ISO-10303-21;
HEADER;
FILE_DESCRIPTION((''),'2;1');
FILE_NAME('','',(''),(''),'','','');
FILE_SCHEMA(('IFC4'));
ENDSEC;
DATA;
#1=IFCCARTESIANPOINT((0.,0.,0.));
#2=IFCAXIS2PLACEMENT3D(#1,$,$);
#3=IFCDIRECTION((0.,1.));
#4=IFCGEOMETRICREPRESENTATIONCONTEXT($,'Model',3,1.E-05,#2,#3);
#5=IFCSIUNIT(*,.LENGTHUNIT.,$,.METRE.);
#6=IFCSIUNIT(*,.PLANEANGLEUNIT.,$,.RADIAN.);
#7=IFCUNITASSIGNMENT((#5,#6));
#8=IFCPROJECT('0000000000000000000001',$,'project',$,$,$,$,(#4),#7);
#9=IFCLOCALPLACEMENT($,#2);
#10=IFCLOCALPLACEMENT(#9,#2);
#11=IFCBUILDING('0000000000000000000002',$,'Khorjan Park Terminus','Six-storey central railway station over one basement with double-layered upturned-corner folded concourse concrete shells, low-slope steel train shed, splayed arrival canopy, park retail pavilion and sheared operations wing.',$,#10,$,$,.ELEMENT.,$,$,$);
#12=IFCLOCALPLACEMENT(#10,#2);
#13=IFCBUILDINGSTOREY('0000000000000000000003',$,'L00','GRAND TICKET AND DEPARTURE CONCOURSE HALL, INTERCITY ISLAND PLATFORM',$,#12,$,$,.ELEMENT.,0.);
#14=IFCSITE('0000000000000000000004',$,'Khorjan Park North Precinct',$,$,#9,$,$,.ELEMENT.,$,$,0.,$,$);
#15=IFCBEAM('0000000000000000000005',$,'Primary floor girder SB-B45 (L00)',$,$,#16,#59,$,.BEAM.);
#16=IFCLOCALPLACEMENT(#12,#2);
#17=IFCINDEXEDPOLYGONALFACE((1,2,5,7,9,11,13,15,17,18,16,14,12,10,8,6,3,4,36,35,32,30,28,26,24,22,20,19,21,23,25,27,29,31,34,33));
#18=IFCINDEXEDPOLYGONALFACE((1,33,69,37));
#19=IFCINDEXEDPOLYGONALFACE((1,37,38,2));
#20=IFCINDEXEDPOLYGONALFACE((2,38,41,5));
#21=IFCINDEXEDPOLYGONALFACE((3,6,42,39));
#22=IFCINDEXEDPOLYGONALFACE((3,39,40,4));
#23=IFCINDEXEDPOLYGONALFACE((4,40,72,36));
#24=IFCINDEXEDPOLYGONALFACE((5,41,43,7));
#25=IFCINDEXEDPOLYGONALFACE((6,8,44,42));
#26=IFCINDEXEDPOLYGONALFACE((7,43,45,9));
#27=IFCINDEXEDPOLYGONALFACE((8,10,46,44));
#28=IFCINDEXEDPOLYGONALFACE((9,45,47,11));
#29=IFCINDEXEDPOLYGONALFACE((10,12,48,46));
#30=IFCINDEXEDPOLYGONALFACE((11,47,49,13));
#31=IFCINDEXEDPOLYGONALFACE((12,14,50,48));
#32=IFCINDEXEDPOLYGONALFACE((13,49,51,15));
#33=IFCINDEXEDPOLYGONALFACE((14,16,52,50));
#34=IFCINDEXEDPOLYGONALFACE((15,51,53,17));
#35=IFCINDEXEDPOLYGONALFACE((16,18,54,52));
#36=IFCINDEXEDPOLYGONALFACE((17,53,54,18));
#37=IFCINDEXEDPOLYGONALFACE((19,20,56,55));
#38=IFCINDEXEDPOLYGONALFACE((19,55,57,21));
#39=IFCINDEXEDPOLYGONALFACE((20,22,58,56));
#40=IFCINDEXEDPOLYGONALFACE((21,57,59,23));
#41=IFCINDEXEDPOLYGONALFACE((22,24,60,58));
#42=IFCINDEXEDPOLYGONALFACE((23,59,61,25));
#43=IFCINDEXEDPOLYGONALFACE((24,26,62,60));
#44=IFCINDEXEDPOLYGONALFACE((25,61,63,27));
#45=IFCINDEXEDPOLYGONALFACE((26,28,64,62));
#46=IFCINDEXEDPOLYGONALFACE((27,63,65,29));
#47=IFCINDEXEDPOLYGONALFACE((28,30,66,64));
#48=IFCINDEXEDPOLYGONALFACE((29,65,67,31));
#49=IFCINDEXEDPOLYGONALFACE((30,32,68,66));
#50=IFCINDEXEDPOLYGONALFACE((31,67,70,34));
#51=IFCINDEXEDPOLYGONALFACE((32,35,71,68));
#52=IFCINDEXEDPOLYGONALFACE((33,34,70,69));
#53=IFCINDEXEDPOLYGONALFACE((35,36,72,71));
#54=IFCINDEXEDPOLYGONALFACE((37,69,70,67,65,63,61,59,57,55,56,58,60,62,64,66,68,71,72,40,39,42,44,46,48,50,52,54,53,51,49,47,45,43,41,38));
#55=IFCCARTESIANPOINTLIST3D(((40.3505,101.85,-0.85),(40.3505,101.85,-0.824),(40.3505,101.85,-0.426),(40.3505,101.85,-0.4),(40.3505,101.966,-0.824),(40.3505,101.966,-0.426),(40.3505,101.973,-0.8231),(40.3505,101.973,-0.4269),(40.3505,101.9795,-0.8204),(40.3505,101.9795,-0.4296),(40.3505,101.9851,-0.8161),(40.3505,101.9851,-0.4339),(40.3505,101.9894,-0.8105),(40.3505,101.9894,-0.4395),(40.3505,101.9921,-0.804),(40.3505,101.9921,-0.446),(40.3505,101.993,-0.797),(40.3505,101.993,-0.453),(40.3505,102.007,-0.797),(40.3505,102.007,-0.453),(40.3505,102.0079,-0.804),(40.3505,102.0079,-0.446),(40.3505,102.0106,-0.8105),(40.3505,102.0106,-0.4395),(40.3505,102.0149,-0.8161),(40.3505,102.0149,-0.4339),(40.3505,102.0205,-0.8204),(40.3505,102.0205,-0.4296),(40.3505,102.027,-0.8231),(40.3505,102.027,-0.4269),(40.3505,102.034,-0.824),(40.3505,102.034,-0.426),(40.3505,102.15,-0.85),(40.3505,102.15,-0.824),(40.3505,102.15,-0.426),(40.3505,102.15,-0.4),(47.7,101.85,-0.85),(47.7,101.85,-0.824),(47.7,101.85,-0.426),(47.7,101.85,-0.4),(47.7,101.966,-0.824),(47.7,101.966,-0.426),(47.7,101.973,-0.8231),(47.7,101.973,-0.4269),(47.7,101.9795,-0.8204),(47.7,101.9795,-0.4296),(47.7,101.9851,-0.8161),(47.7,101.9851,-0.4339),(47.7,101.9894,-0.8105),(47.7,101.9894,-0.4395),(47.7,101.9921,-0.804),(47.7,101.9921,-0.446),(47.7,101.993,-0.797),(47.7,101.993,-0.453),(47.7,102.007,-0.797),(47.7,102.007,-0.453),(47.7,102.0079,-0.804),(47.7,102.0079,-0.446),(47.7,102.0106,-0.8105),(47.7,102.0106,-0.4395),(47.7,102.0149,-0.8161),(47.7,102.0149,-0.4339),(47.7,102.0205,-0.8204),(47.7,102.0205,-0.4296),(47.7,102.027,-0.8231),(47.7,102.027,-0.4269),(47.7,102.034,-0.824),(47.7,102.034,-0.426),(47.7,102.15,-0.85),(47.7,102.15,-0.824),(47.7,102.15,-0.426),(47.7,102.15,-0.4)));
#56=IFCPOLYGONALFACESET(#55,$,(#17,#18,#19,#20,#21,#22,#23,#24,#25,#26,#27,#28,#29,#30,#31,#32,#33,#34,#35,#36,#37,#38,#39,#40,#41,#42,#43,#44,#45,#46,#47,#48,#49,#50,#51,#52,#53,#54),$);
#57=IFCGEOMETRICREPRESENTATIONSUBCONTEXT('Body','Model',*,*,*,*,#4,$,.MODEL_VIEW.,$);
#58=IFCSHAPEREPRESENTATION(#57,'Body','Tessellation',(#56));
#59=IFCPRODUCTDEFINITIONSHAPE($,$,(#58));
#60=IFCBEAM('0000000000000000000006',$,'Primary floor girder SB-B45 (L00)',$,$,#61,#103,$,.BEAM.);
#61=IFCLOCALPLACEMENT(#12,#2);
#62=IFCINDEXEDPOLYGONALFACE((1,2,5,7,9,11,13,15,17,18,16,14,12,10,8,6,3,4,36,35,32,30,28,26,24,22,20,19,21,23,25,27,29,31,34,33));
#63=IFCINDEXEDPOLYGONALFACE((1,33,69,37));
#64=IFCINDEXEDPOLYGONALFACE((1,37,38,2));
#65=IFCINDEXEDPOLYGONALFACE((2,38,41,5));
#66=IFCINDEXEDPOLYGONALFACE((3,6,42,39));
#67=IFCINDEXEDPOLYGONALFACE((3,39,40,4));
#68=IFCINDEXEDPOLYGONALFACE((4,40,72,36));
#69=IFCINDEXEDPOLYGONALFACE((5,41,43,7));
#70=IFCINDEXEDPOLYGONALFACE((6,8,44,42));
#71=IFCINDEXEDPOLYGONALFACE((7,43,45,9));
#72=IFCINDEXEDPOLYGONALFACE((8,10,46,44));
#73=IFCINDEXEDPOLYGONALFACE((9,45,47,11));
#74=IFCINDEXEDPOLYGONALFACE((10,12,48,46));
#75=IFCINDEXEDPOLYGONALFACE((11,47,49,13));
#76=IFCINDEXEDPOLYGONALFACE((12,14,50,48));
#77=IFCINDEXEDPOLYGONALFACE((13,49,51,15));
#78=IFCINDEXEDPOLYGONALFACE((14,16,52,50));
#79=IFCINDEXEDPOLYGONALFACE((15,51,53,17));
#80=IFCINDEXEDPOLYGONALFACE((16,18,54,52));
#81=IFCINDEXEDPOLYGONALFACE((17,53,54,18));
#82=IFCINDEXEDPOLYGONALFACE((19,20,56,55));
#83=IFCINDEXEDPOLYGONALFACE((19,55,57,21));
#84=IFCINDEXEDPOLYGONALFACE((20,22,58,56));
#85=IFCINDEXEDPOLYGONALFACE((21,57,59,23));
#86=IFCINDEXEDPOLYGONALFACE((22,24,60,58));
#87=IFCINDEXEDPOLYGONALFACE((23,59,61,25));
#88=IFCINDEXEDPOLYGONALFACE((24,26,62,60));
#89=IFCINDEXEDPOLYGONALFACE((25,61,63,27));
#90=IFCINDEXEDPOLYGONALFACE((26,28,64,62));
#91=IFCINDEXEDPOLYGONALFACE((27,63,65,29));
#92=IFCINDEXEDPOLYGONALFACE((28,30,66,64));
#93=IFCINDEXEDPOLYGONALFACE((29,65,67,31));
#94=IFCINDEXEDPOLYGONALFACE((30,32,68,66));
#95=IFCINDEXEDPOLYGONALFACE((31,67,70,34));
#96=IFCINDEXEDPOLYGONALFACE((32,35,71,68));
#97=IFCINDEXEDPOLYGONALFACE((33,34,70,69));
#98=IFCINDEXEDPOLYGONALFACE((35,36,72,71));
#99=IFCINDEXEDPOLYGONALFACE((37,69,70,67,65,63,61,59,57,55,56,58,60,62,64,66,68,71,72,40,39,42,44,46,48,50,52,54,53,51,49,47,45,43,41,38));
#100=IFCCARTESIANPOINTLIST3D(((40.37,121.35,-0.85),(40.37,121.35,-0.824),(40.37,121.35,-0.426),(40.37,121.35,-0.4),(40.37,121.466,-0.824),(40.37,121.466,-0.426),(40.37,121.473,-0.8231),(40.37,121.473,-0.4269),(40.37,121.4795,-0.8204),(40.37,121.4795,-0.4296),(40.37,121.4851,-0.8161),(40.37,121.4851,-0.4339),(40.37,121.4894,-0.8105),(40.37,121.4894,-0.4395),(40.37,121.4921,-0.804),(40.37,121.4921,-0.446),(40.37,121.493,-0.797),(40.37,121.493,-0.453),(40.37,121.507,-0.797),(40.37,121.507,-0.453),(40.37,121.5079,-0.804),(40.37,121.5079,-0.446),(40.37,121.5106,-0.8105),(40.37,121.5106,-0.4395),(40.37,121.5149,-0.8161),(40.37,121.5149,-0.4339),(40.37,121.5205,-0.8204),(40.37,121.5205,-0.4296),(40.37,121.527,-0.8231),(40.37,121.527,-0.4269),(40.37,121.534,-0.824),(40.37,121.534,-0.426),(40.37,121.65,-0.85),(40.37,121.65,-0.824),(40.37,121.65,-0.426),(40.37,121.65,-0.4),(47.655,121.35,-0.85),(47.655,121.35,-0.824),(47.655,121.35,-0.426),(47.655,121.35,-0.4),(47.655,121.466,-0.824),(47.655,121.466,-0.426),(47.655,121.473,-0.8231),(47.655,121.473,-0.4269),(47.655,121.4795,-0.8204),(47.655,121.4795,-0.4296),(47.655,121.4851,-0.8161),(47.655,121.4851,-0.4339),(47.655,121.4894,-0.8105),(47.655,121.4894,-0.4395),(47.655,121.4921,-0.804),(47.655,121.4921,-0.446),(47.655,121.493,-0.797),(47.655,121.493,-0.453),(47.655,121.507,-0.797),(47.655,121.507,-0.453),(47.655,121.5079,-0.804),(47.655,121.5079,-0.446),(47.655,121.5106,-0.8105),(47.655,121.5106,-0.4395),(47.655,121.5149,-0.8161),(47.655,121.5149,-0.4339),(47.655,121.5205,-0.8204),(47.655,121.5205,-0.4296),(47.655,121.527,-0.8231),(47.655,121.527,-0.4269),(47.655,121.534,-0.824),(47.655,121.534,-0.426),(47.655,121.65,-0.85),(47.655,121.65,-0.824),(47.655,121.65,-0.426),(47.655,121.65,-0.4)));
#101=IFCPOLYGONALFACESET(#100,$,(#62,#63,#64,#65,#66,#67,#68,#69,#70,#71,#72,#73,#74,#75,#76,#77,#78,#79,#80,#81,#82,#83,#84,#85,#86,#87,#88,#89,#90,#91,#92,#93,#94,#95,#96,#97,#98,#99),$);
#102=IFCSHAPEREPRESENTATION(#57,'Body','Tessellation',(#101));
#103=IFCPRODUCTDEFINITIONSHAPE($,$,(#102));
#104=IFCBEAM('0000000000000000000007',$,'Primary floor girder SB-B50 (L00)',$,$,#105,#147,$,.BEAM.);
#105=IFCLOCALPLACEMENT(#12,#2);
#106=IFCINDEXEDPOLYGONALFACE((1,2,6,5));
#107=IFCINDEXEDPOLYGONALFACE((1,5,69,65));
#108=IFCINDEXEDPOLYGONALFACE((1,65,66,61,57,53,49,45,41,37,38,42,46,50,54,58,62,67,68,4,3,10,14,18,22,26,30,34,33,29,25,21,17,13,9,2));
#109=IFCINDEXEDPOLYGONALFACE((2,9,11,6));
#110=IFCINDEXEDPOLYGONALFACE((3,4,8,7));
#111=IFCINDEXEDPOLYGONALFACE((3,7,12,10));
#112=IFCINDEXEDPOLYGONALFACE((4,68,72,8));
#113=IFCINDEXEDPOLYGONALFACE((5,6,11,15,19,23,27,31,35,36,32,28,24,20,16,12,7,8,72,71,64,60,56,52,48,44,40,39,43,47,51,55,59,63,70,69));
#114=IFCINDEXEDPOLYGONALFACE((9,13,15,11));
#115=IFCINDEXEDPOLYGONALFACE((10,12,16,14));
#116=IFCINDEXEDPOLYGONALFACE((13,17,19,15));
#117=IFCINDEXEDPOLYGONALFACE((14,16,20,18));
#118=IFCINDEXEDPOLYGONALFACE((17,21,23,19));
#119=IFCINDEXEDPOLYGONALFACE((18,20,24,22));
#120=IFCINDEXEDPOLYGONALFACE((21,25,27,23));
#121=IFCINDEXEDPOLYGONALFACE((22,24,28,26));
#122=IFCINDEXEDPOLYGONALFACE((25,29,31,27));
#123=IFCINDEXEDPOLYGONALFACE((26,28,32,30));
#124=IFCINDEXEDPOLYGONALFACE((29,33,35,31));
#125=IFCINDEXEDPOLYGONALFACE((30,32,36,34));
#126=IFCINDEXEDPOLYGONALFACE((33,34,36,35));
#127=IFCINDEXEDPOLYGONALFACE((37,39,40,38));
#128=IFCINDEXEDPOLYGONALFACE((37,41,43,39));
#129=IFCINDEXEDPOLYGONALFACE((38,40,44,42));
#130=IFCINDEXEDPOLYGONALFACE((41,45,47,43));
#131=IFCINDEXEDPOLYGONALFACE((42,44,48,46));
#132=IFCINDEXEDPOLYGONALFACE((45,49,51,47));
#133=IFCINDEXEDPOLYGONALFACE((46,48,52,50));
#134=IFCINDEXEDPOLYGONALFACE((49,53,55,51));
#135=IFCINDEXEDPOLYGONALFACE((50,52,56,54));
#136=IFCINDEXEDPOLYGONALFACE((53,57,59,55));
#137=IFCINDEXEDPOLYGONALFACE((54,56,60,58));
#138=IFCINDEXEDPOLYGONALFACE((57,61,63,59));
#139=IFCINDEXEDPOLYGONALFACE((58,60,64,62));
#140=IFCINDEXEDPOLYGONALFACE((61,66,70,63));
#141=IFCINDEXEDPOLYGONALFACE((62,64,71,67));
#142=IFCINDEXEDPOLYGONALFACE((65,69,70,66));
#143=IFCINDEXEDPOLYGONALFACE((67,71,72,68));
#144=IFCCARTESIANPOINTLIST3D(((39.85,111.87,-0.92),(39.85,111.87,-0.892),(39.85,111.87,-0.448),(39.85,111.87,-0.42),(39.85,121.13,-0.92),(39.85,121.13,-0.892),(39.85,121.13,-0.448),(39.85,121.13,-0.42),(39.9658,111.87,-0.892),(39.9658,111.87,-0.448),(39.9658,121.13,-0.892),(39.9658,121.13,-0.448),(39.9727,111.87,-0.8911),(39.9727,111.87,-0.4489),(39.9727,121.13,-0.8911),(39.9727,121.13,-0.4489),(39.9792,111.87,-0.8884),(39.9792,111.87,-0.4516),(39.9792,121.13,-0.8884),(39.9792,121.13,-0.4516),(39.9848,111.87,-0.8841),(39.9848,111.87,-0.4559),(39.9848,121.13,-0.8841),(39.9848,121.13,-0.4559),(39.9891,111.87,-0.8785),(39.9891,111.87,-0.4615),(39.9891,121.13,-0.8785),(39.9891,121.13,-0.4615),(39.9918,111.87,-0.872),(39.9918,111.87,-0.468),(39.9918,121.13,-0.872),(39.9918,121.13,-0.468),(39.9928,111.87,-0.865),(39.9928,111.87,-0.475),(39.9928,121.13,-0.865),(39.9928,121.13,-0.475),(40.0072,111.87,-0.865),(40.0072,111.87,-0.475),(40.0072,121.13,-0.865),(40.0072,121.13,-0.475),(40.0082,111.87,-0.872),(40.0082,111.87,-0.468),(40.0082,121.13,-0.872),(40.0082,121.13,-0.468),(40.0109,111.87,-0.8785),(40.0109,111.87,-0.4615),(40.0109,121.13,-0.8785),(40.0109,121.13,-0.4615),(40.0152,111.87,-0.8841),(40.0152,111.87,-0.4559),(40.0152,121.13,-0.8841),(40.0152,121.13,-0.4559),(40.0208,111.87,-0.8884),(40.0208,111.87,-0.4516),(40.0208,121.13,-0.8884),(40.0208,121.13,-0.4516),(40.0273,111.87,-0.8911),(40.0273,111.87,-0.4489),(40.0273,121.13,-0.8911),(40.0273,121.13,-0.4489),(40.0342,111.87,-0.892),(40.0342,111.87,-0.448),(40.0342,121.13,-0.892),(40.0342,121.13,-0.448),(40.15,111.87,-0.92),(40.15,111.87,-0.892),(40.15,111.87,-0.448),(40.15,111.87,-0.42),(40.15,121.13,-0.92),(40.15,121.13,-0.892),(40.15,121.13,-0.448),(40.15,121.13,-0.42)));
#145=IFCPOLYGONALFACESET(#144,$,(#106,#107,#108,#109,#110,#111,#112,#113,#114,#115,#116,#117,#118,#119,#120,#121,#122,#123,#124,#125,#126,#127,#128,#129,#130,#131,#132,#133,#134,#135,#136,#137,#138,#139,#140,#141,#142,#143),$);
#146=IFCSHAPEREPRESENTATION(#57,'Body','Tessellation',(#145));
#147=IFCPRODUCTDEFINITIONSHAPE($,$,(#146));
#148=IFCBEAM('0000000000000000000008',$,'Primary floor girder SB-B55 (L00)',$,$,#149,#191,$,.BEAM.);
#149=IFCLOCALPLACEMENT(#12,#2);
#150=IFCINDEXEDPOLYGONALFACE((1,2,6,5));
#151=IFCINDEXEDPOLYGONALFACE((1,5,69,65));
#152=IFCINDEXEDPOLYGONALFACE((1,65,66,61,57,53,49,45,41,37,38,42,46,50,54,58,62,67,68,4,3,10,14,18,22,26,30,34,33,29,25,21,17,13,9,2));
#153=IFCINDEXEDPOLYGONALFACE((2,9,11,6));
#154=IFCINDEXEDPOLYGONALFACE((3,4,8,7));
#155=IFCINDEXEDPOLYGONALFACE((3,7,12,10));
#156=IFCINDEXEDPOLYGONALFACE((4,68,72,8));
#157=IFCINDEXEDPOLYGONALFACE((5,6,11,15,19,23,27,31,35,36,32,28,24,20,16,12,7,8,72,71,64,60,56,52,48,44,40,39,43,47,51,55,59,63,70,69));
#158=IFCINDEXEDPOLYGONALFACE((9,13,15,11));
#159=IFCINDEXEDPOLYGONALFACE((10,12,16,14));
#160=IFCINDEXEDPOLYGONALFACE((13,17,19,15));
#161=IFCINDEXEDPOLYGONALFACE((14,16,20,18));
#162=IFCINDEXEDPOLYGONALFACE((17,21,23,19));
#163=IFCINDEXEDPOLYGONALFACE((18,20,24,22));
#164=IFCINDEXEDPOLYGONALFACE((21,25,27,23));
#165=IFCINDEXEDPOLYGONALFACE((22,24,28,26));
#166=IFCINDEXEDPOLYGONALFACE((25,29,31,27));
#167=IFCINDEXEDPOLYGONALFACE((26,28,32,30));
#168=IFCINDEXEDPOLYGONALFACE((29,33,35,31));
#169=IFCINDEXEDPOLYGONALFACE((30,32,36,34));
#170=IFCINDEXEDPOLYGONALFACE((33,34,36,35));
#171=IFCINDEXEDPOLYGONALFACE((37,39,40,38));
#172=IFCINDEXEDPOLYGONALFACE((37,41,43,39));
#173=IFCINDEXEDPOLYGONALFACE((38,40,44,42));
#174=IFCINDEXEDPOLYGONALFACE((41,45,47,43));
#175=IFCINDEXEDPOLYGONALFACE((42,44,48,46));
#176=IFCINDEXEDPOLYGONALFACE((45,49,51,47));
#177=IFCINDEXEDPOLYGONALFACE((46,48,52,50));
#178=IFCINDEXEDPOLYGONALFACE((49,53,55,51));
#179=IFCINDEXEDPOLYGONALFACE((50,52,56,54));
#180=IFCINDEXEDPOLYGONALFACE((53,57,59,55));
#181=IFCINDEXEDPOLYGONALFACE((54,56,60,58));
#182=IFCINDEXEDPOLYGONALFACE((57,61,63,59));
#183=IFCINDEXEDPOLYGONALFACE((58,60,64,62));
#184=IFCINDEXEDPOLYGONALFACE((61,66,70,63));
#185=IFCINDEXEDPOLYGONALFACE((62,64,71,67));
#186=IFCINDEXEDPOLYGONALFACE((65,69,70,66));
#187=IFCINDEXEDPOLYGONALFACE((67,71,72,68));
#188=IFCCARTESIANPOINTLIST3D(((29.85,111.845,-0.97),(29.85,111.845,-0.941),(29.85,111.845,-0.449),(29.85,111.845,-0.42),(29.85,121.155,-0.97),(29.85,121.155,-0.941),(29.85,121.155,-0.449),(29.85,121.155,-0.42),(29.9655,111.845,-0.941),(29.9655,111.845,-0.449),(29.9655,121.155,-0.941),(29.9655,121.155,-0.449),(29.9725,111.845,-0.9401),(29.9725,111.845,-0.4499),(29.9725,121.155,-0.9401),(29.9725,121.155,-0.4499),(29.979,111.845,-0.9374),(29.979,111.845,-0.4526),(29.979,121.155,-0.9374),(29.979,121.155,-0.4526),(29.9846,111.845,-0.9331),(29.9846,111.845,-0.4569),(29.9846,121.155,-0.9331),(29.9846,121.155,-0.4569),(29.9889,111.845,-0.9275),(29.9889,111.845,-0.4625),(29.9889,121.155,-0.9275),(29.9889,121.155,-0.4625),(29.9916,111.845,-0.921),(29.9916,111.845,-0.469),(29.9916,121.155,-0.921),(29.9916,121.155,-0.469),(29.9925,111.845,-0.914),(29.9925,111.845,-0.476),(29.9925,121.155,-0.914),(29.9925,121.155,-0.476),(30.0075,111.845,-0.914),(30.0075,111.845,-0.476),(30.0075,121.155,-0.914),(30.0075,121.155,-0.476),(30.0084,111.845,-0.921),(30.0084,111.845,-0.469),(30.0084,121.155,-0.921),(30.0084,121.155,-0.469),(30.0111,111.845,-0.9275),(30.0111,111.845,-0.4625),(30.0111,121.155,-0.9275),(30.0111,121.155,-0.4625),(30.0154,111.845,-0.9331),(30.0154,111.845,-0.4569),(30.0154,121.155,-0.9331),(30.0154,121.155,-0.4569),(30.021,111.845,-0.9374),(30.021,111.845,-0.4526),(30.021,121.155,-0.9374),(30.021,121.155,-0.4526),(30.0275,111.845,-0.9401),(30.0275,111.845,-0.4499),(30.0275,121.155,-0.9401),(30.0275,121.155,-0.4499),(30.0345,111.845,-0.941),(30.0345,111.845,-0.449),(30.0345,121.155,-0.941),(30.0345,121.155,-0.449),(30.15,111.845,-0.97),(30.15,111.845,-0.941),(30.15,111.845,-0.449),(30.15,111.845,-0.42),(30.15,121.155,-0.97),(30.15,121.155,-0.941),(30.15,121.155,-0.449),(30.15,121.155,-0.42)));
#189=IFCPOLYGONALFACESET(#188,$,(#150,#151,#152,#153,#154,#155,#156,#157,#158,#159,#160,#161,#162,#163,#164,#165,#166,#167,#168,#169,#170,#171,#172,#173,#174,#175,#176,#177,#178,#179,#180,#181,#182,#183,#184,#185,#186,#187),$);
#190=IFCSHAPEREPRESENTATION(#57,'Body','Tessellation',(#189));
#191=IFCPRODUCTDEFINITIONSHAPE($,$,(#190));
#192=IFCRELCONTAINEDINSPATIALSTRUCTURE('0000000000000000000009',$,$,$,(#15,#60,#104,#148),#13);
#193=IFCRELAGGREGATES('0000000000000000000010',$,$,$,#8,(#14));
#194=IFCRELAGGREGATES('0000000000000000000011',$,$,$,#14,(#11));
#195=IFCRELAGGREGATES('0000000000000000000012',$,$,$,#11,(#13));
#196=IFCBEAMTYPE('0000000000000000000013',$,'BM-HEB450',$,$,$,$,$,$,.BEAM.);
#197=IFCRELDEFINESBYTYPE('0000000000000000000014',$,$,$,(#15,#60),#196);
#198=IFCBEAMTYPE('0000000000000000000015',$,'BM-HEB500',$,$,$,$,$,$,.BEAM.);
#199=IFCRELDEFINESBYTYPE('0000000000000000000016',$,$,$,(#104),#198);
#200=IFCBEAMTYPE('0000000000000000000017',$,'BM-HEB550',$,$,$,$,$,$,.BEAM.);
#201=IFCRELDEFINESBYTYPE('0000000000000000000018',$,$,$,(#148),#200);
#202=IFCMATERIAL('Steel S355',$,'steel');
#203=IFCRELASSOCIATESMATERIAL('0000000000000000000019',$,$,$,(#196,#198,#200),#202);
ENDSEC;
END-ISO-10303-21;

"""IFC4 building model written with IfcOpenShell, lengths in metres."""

from ifc_helpers import new_model, si_unit, direction, frame, origin, origin_2d, place, context, subcontext, project, spatial, i_section, extrude, material, material_profile, profile_set, type_object, element, save


model = new_model("IFC4")

# Units and contexts
model_context = context("Model", 3, precision=1e-05, world=origin(), true_north=direction((0.0, 1.0)))
body_context = subcontext(model_context, "Body", "Model", "MODEL_VIEW")
ifc_project = project(units=[si_unit("LENGTHUNIT", "METRE"), si_unit("PLANEANGLEUNIT", "RADIAN")], contexts=[model_context])

# Site, building, storey
site_placement = place(None, origin())
site = spatial("IfcSite", under=ifc_project, at=site_placement, Name="Khorjan Park North Precinct", CompositionType="ELEMENT", RefElevation=0.0)
building_placement = place(site_placement, origin())
building = spatial("IfcBuilding", under=site, at=building_placement, Name="Khorjan Park Terminus", Description="Six-storey central railway station over one basement with double-layered upturned-corner folded concourse concrete shells, low-slope steel train shed, splayed arrival canopy, park retail pavilion and sheared operations wing.", CompositionType="ELEMENT")
storey_placement = place(building_placement, origin())
storey = spatial("IfcBuildingStorey", under=building, at=storey_placement, Name="L00", Description="GRAND TICKET AND DEPARTURE CONCOURSE HALL, INTERCITY ISLAND PLATFORM", CompositionType="ELEMENT", Elevation=0.0)

# Shared definitions
ifc_material = material(Name="Steel S355", Category="steel")

# Beams
ifc_material_profile_1 = material_profile(ifc_material, i_section(OverallWidth=0.3, OverallDepth=0.45, WebThickness=0.014, FlangeThickness=0.026, FilletRadius=0.027, at=origin_2d()), Name="HEB 450")
ifc_profile_set_1 = profile_set([ifc_material_profile_1], Name="Steel S355")
beam_type_1 = type_object("IfcBeamType", Name="BM-HEB450", PredefinedType="BEAM", material=ifc_profile_set_1)
beam_1_placement = place(storey_placement, frame((40.3505, 102.0, -0.625), z_axis=(1.0, 0.0, 0.0), x_axis=(0.0, 1.0, 0.0)))
element("IfcBeam", 1, at=beam_1_placement, inside=storey, type_object=beam_type_1, Name="Primary floor girder SB-B45 (L00)", PredefinedType="BEAM", context=body_context, shape_type="SweptSolid", body=[
    extrude(i_section(OverallWidth=0.3, OverallDepth=0.45, WebThickness=0.014, FlangeThickness=0.026, FilletRadius=0.027, at=origin_2d()), origin(), (0.0, 0.0, 1.0), 7.3495),
])
beam_2_placement = place(storey_placement, frame((40.37, 121.5, -0.625), z_axis=(1.0, 0.0, 0.0), x_axis=(0.0, 1.0, 0.0)))
element("IfcBeam", 2, at=beam_2_placement, inside=storey, type_object=beam_type_1, Name="Primary floor girder SB-B45 (L00)", PredefinedType="BEAM", context=body_context, shape_type="SweptSolid", body=[
    extrude(i_section(OverallWidth=0.3, OverallDepth=0.45, WebThickness=0.014, FlangeThickness=0.026, FilletRadius=0.027, at=origin_2d()), origin(), (0.0, 0.0, 1.0), 7.285),
])
ifc_material_profile_2 = material_profile(ifc_material, i_section(OverallWidth=0.3, OverallDepth=0.5, WebThickness=0.0145, FlangeThickness=0.028, FilletRadius=0.027, at=origin_2d()), Name="HEB 500")
ifc_profile_set_2 = profile_set([ifc_material_profile_2], Name="Steel S355")
beam_type_2 = type_object("IfcBeamType", Name="BM-HEB500", PredefinedType="BEAM", material=ifc_profile_set_2)
beam_3_placement = place(storey_placement, frame((40.0, 111.87, -0.67), z_axis=(0.0, 1.0, 0.0), x_axis=(-1.0, 0.0, 0.0)))
element("IfcBeam", 3, at=beam_3_placement, inside=storey, type_object=beam_type_2, Name="Primary floor girder SB-B50 (L00)", PredefinedType="BEAM", context=body_context, shape_type="SweptSolid", body=[
    extrude(i_section(OverallWidth=0.3, OverallDepth=0.5, WebThickness=0.0145, FlangeThickness=0.028, FilletRadius=0.027, at=origin_2d()), origin(), (0.0, 0.0, 1.0), 9.26),
])
ifc_material_profile_3 = material_profile(ifc_material, i_section(OverallWidth=0.3, OverallDepth=0.55, WebThickness=0.015, FlangeThickness=0.029, FilletRadius=0.027, at=origin_2d()), Name="HEB 550")
ifc_profile_set_3 = profile_set([ifc_material_profile_3], Name="Steel S355")
beam_type_3 = type_object("IfcBeamType", Name="BM-HEB550", PredefinedType="BEAM", material=ifc_profile_set_3)
beam_4_placement = place(storey_placement, frame((30.0, 111.845, -0.695), z_axis=(0.0, 1.0, 0.0), x_axis=(-1.0, 0.0, 0.0)))
element("IfcBeam", 4, at=beam_4_placement, inside=storey, type_object=beam_type_3, Name="Primary floor girder SB-B55 (L00)", PredefinedType="BEAM", context=body_context, shape_type="SweptSolid", body=[
    extrude(i_section(OverallWidth=0.3, OverallDepth=0.55, WebThickness=0.015, FlangeThickness=0.029, FilletRadius=0.027, at=origin_2d()), origin(), (0.0, 0.0, 1.0), 9.31),
])

save(model, "model.ifc")
